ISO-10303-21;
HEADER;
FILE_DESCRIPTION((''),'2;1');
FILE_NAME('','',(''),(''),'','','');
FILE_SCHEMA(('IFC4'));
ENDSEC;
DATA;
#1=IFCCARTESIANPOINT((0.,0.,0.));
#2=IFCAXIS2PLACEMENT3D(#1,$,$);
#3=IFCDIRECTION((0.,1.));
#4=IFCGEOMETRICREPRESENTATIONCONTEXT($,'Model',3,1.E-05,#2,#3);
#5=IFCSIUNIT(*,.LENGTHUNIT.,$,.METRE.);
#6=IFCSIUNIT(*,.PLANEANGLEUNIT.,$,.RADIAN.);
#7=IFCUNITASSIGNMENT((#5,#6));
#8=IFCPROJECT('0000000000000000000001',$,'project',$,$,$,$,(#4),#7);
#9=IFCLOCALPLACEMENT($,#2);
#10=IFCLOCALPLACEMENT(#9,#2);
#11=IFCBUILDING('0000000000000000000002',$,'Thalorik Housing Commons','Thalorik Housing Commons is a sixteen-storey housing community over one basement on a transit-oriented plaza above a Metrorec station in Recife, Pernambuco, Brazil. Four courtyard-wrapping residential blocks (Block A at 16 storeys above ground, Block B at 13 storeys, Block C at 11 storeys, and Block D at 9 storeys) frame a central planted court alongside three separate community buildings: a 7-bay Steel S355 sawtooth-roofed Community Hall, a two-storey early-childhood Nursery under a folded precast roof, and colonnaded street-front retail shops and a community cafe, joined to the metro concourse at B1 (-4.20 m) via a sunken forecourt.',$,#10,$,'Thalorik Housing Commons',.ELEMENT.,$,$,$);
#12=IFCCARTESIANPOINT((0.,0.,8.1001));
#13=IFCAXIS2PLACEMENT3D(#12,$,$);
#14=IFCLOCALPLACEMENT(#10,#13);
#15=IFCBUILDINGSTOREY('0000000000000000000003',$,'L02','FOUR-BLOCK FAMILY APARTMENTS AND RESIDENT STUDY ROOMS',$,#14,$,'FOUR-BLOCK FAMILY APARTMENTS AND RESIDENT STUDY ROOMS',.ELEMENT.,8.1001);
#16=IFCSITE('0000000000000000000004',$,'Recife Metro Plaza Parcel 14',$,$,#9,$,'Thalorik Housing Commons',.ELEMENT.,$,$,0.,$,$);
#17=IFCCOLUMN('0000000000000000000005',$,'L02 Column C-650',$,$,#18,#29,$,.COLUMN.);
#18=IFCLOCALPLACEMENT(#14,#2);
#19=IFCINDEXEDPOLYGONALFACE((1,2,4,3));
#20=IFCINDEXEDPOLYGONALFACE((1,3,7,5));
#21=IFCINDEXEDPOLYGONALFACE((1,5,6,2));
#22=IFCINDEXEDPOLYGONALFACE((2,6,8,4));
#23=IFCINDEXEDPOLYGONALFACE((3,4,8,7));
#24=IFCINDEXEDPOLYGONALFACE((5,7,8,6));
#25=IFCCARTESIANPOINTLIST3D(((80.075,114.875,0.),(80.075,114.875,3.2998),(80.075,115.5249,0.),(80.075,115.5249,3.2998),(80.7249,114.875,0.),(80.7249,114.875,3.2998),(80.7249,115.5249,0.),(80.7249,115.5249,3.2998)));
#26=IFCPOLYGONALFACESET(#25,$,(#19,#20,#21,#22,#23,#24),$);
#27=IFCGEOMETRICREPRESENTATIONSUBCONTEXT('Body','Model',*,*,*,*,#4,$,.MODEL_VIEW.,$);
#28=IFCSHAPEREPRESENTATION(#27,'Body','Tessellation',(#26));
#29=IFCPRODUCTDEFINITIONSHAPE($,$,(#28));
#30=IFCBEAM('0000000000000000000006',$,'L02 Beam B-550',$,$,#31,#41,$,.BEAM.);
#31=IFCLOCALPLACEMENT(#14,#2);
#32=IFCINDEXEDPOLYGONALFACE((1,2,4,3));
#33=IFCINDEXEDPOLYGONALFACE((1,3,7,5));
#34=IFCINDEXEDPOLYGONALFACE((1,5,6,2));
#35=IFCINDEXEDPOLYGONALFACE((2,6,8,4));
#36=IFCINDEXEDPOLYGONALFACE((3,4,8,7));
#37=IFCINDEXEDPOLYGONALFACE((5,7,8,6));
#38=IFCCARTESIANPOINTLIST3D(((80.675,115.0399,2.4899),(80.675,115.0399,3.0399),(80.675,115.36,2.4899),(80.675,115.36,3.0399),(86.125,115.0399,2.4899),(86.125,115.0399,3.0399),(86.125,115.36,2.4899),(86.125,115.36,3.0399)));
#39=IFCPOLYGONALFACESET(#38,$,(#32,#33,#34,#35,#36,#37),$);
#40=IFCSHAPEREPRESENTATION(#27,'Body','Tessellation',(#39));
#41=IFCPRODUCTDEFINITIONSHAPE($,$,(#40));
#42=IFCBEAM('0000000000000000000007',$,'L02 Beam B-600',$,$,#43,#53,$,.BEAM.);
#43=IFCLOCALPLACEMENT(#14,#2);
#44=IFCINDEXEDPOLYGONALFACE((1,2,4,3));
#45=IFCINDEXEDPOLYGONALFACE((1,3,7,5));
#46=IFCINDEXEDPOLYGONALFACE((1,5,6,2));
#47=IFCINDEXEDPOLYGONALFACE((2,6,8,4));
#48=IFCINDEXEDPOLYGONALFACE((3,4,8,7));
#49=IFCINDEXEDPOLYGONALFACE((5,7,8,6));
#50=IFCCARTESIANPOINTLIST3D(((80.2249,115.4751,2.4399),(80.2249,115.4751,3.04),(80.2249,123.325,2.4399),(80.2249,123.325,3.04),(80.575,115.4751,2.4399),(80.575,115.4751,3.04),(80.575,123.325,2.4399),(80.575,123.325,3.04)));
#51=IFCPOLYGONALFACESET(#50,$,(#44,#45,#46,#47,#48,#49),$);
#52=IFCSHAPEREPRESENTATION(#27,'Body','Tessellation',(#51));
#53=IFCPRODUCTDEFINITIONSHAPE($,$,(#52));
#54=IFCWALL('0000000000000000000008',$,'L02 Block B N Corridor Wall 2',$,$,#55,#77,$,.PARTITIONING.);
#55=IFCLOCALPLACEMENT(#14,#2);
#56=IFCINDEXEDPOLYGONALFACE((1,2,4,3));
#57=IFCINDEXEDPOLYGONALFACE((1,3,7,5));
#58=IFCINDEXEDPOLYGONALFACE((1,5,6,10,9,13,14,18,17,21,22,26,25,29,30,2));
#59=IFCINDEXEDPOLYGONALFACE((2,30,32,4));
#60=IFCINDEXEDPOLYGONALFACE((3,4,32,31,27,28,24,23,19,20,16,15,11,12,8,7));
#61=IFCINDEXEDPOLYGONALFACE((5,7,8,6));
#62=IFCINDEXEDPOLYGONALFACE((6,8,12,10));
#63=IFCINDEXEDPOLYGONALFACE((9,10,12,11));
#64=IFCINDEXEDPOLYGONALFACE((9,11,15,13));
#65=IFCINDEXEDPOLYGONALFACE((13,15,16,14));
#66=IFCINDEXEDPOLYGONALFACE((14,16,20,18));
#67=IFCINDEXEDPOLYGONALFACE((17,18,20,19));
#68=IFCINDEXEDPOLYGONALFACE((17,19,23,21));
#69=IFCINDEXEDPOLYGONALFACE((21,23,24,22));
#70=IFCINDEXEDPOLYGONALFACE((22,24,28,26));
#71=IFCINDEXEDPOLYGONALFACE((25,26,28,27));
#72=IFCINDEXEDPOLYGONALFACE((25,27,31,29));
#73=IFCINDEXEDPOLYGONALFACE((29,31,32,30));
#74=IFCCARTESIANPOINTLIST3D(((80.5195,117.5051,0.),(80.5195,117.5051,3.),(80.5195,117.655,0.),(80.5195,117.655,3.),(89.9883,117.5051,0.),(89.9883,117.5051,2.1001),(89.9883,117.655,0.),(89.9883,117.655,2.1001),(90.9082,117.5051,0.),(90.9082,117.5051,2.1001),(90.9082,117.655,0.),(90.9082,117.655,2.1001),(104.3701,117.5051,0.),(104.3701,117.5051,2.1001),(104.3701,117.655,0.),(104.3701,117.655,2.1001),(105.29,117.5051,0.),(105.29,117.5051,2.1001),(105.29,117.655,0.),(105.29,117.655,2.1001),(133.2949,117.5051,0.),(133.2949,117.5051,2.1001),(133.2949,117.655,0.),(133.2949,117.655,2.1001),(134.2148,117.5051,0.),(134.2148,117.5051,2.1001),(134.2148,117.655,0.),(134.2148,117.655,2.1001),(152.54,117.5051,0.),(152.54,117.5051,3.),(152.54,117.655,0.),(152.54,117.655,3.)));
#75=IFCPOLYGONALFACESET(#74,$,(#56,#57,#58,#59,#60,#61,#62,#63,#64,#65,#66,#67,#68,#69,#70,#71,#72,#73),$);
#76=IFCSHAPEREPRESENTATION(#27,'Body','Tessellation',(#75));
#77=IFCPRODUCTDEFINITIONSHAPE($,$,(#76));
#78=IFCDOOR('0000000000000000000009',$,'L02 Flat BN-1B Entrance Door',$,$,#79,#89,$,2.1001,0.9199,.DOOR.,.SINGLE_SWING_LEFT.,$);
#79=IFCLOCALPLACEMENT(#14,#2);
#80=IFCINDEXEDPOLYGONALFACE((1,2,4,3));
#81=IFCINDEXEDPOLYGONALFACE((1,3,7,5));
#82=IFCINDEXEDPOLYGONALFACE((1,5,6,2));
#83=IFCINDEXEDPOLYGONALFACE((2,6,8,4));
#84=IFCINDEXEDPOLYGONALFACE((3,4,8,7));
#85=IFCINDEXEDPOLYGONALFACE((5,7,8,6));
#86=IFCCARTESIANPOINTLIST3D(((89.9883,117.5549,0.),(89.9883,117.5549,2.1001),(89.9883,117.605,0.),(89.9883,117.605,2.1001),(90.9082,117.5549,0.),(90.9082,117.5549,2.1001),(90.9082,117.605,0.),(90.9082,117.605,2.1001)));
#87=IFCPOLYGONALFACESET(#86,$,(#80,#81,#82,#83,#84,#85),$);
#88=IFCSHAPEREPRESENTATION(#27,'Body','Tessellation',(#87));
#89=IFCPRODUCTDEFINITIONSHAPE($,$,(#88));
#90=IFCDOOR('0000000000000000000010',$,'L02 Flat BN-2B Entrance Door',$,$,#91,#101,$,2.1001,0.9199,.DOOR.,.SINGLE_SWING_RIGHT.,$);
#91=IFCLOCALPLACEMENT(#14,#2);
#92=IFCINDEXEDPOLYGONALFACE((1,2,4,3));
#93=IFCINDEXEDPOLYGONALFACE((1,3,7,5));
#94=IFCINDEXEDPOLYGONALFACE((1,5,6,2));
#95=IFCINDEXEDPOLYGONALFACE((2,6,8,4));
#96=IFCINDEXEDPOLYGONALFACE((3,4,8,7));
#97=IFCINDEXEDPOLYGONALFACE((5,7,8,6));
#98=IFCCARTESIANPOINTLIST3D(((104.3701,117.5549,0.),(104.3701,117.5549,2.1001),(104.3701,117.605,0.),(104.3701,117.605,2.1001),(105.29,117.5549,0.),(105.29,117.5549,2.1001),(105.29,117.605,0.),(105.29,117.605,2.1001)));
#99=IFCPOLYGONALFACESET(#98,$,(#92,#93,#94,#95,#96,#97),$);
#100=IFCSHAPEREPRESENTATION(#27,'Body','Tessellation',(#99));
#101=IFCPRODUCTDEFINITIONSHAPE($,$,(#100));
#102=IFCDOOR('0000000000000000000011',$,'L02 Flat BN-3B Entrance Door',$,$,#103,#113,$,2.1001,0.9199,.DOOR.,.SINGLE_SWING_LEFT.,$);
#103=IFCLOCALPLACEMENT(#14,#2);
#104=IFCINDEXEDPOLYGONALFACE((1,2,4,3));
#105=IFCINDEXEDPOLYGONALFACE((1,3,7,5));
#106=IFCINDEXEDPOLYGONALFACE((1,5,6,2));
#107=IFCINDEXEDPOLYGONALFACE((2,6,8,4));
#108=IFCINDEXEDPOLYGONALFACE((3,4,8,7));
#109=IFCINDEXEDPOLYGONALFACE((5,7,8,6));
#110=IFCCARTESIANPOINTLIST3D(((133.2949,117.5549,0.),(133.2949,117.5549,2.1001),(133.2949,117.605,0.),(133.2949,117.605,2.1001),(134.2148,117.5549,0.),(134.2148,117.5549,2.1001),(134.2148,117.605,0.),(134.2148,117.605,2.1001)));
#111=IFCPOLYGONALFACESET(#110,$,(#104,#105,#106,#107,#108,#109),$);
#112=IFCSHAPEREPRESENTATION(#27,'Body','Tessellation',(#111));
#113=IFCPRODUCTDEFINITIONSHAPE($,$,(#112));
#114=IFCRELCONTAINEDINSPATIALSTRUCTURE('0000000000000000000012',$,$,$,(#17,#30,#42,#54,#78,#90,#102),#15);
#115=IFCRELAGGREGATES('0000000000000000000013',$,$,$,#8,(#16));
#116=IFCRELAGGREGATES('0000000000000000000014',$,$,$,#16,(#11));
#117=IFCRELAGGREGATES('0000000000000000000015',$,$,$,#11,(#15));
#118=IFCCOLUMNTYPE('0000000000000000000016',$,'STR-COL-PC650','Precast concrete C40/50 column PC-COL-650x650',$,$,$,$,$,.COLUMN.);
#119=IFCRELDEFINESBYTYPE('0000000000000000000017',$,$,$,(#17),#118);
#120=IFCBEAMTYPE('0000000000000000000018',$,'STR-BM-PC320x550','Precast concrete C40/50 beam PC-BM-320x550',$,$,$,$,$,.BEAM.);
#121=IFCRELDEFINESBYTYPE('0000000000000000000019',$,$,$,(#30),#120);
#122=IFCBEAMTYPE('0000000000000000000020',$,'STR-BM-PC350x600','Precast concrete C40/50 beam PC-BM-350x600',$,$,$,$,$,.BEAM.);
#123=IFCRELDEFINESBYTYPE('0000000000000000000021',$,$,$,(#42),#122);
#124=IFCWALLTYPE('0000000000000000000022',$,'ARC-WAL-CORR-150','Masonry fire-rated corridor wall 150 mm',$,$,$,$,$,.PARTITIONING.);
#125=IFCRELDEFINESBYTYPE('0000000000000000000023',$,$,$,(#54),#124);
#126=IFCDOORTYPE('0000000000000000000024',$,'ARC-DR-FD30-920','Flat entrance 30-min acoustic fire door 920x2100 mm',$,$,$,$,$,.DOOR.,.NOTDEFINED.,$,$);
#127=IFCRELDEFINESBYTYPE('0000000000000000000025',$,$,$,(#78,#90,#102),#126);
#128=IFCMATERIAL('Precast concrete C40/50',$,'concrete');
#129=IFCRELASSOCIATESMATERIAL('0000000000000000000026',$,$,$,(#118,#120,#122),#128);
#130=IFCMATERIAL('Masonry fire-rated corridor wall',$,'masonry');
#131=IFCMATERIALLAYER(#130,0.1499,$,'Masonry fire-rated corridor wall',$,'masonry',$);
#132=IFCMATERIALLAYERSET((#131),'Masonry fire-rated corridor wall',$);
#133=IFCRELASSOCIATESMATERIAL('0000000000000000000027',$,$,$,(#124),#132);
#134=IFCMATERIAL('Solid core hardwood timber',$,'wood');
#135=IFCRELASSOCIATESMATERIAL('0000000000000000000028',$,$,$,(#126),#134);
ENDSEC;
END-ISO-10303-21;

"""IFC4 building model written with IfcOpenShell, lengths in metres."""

from ifc_helpers import new_model, si_unit, direction, frame, frame_2d, origin, origin_2d, place, context, subcontext, project, spatial, rectangle, extrude, material, layer, layer_set, material_profile, profile_set, type_object, element, fill, save


model = new_model("IFC4")

# Units and contexts
model_context = context("Model", 3, precision=1e-05, world=origin(), true_north=direction((0.0, 1.0)))
body_context = subcontext(model_context, "Body", "Model", "MODEL_VIEW")
ifc_project = project(units=[si_unit("LENGTHUNIT", "METRE"), si_unit("PLANEANGLEUNIT", "RADIAN")], contexts=[model_context])

# Site, building, storey
site_placement = place(None, origin())
site = spatial("IfcSite", under=ifc_project, at=site_placement, Name="Recife Metro Plaza Parcel 14", LongName="Thalorik Housing Commons", CompositionType="ELEMENT", RefElevation=0.0)
building_placement = place(site_placement, origin())
building = spatial("IfcBuilding", under=site, at=building_placement, Name="Thalorik Housing Commons", Description="Thalorik Housing Commons is a sixteen-storey housing community over one basement on a transit-oriented plaza above a Metrorec station in Recife, Pernambuco, Brazil. Four courtyard-wrapping residential blocks (Block A at 16 storeys above ground, Block B at 13 storeys, Block C at 11 storeys, and Block D at 9 storeys) frame a central planted court alongside three separate community buildings: a 7-bay Steel S355 sawtooth-roofed Community Hall, a two-storey early-childhood Nursery under a folded precast roof, and colonnaded street-front retail shops and a community cafe, joined to the metro concourse at B1 (-4.20 m) via a sunken forecourt.", LongName="Thalorik Housing Commons", CompositionType="ELEMENT")
storey_placement = place(building_placement, frame((0.0, 0.0, 8.1001)))
storey = spatial("IfcBuildingStorey", under=building, at=storey_placement, Name="L02", Description="FOUR-BLOCK FAMILY APARTMENTS AND RESIDENT STUDY ROOMS", LongName="FOUR-BLOCK FAMILY APARTMENTS AND RESIDENT STUDY ROOMS", CompositionType="ELEMENT", Elevation=8.1001)

# Column
ifc_material_1 = material(Name="Precast concrete C40/50", Category="concrete")
ifc_material_profile_1 = material_profile(ifc_material_1, rectangle(XDim=0.6499, YDim=0.6499, at=origin_2d()), Name="PC 650x650", Category="concrete")
ifc_profile_set_1 = profile_set([ifc_material_profile_1], Name="Precast concrete C40/50")
column_type = type_object("IfcColumnType", Name="STR-COL-PC650", Description="Precast concrete C40/50 column PC-COL-650x650", PredefinedType="COLUMN", material=ifc_profile_set_1)
column_placement = place(storey_placement, frame((80.3999, 115.2, 0.0), z_axis=(0.0, 0.0, 1.0), x_axis=(1.0, 0.0, 0.0)))
element("IfcColumn", 1, at=column_placement, inside=storey, type_object=column_type, Name="L02 Column C-650", PredefinedType="COLUMN", context=body_context, shape_type="SweptSolid", body=[
    extrude(rectangle(XDim=0.6499, YDim=0.6499, at=origin_2d()), origin(), (0.0, 0.0, 1.0), 3.2998),
])

# Beams
ifc_material_profile_2 = material_profile(ifc_material_1, rectangle(XDim=0.3201, YDim=0.55, at=origin_2d()), Name="PC 320x550", Category="concrete")
ifc_profile_set_2 = profile_set([ifc_material_profile_2], Name="Precast concrete C40/50")
beam_type_1 = type_object("IfcBeamType", Name="STR-BM-PC320x550", Description="Precast concrete C40/50 beam PC-BM-320x550", PredefinedType="BEAM", material=ifc_profile_set_2)
beam_1_placement = place(storey_placement, frame((80.675, 115.2, 2.7649), z_axis=(1.0, 0.0, 0.0), x_axis=(0.0, 1.0, 0.0)))
element("IfcBeam", 2, at=beam_1_placement, inside=storey, type_object=beam_type_1, Name="L02 Beam B-550", PredefinedType="BEAM", context=body_context, shape_type="SweptSolid", body=[
    extrude(rectangle(XDim=0.3201, YDim=0.55, at=origin_2d()), origin(), (0.0, 0.0, 1.0), 5.45),
])
ifc_material_profile_3 = material_profile(ifc_material_1, rectangle(XDim=0.3501, YDim=0.6001, at=origin_2d()), Name="PC 350x600", Category="concrete")
ifc_profile_set_3 = profile_set([ifc_material_profile_3], Name="Precast concrete C40/50")
beam_type_2 = type_object("IfcBeamType", Name="STR-BM-PC350x600", Description="Precast concrete C40/50 beam PC-BM-350x600", PredefinedType="BEAM", material=ifc_profile_set_3)
beam_2_placement = place(storey_placement, frame((80.3999, 115.4751, 2.74), z_axis=(0.0, 1.0, 0.0), x_axis=(-1.0, 0.0, 0.0)))
element("IfcBeam", 3, at=beam_2_placement, inside=storey, type_object=beam_type_2, Name="L02 Beam B-600", PredefinedType="BEAM", context=body_context, shape_type="SweptSolid", body=[
    extrude(rectangle(XDim=0.3501, YDim=0.6001, at=origin_2d()), origin(), (0.0, 0.0, 1.0), 7.8499),
])

# Wall, openings, doors
ifc_material_2 = material(Name="Masonry fire-rated corridor wall", Category="masonry")
ifc_layer_1 = layer(ifc_material_2, 0.1499, Name="Masonry fire-rated corridor wall", Category="masonry")
ifc_layer_set_1 = layer_set([ifc_layer_1], Name="Masonry fire-rated corridor wall")
wall_type_1 = type_object("IfcWallType", Name="ARC-WAL-CORR-150", Description="Masonry fire-rated corridor wall 150 mm", PredefinedType="PARTITIONING", material=ifc_layer_set_1)
wall_1_placement = place(storey_placement, frame((80.5195, 117.5801, 0.0), z_axis=(0.0, 0.0, 1.0), x_axis=(1.0, 0.0, 0.0)))
wall_1 = element("IfcWall", 4, at=wall_1_placement, inside=storey, type_object=wall_type_1, Name="L02 Block B N Corridor Wall 2", PredefinedType="PARTITIONING", context=body_context, shape_type="SweptSolid", body=[
    extrude(rectangle(XDim=72.0205, YDim=0.1499, at=frame_2d((36.0103, 0.0))), origin(), (0.0, 0.0, 1.0), 3.0),
])
opening_1_placement = place(wall_1_placement, frame((9.4688, 0.0, 0.0)))
opening_1 = element("IfcOpeningElement", 5, at=opening_1_placement, cuts=wall_1, PredefinedType="OPENING", context=body_context, shape_type="SweptSolid", body=[
    extrude(rectangle(XDim=0.9199, YDim=2.1001, at=frame_2d((0.46, 1.05))), frame((0.0, 0.085, 0.0), z_axis=(0.0, -1.0, 0.0), x_axis=(1.0, 0.0, 0.0)), (0.0, 0.0, 1.0), 0.1699),
])
opening_2_placement = place(wall_1_placement, frame((23.8506, 0.0, 0.0)))
opening_2 = element("IfcOpeningElement", 6, at=opening_2_placement, cuts=wall_1, PredefinedType="OPENING", context=body_context, shape_type="SweptSolid", body=[
    extrude(rectangle(XDim=0.9199, YDim=2.1001, at=frame_2d((0.46, 1.05))), frame((0.0, 0.085, 0.0), z_axis=(0.0, -1.0, 0.0), x_axis=(1.0, 0.0, 0.0)), (0.0, 0.0, 1.0), 0.1699),
])
opening_3_placement = place(wall_1_placement, frame((52.7754, 0.0, 0.0)))
opening_3 = element("IfcOpeningElement", 7, at=opening_3_placement, cuts=wall_1, PredefinedType="OPENING", context=body_context, shape_type="SweptSolid", body=[
    extrude(rectangle(XDim=0.9199, YDim=2.1001, at=frame_2d((0.46, 1.05))), frame((0.0, 0.085, 0.0), z_axis=(0.0, -1.0, 0.0), x_axis=(1.0, 0.0, 0.0)), (0.0, 0.0, 1.0), 0.1699),
])
ifc_material_3 = material(Name="Solid core hardwood timber", Category="wood")
door_type_1 = type_object("IfcDoorType", Name="ARC-DR-FD30-920", Description="Flat entrance 30-min acoustic fire door 920x2100 mm", OperationType="NOTDEFINED", PredefinedType="DOOR", material=ifc_material_3)
door_1_placement = place(opening_1_placement, origin())
door_1 = element("IfcDoor", 8, at=door_1_placement, inside=storey, type_object=door_type_1, Name="L02 Flat BN-1B Entrance Door", OperationType="SINGLE_SWING_LEFT", OverallHeight=2.1001, OverallWidth=0.9199, PredefinedType="DOOR", context=body_context, shape_type="SweptSolid", body=[
    extrude(rectangle(XDim=0.9199, YDim=2.1001, at=frame_2d((0.46, 1.05))), frame((0.0, 0.0249, 0.0), z_axis=(0.0, -1.0, 0.0), x_axis=(1.0, 0.0, 0.0)), (0.0, 0.0, 1.0), 0.05),
])
fill(opening_1, door_1)
door_2_placement = place(opening_2_placement, origin())
door_2 = element("IfcDoor", 9, at=door_2_placement, inside=storey, type_object=door_type_1, Name="L02 Flat BN-2B Entrance Door", OperationType="SINGLE_SWING_RIGHT", OverallHeight=2.1001, OverallWidth=0.9199, PredefinedType="DOOR", context=body_context, shape_type="SweptSolid", body=[
    extrude(rectangle(XDim=0.9199, YDim=2.1001, at=frame_2d((0.46, 1.05))), frame((0.0, 0.0249, 0.0), z_axis=(0.0, -1.0, 0.0), x_axis=(1.0, 0.0, 0.0)), (0.0, 0.0, 1.0), 0.05),
])
fill(opening_2, door_2)
door_3_placement = place(opening_3_placement, origin())
door_3 = element("IfcDoor", 10, at=door_3_placement, inside=storey, type_object=door_type_1, Name="L02 Flat BN-3B Entrance Door", OperationType="SINGLE_SWING_LEFT", OverallHeight=2.1001, OverallWidth=0.9199, PredefinedType="DOOR", context=body_context, shape_type="SweptSolid", body=[
    extrude(rectangle(XDim=0.9199, YDim=2.1001, at=frame_2d((0.46, 1.05))), frame((0.0, 0.0249, 0.0), z_axis=(0.0, -1.0, 0.0), x_axis=(1.0, 0.0, 0.0)), (0.0, 0.0, 1.0), 0.05),
])
fill(opening_3, door_3)

save(model, "model.ifc")
